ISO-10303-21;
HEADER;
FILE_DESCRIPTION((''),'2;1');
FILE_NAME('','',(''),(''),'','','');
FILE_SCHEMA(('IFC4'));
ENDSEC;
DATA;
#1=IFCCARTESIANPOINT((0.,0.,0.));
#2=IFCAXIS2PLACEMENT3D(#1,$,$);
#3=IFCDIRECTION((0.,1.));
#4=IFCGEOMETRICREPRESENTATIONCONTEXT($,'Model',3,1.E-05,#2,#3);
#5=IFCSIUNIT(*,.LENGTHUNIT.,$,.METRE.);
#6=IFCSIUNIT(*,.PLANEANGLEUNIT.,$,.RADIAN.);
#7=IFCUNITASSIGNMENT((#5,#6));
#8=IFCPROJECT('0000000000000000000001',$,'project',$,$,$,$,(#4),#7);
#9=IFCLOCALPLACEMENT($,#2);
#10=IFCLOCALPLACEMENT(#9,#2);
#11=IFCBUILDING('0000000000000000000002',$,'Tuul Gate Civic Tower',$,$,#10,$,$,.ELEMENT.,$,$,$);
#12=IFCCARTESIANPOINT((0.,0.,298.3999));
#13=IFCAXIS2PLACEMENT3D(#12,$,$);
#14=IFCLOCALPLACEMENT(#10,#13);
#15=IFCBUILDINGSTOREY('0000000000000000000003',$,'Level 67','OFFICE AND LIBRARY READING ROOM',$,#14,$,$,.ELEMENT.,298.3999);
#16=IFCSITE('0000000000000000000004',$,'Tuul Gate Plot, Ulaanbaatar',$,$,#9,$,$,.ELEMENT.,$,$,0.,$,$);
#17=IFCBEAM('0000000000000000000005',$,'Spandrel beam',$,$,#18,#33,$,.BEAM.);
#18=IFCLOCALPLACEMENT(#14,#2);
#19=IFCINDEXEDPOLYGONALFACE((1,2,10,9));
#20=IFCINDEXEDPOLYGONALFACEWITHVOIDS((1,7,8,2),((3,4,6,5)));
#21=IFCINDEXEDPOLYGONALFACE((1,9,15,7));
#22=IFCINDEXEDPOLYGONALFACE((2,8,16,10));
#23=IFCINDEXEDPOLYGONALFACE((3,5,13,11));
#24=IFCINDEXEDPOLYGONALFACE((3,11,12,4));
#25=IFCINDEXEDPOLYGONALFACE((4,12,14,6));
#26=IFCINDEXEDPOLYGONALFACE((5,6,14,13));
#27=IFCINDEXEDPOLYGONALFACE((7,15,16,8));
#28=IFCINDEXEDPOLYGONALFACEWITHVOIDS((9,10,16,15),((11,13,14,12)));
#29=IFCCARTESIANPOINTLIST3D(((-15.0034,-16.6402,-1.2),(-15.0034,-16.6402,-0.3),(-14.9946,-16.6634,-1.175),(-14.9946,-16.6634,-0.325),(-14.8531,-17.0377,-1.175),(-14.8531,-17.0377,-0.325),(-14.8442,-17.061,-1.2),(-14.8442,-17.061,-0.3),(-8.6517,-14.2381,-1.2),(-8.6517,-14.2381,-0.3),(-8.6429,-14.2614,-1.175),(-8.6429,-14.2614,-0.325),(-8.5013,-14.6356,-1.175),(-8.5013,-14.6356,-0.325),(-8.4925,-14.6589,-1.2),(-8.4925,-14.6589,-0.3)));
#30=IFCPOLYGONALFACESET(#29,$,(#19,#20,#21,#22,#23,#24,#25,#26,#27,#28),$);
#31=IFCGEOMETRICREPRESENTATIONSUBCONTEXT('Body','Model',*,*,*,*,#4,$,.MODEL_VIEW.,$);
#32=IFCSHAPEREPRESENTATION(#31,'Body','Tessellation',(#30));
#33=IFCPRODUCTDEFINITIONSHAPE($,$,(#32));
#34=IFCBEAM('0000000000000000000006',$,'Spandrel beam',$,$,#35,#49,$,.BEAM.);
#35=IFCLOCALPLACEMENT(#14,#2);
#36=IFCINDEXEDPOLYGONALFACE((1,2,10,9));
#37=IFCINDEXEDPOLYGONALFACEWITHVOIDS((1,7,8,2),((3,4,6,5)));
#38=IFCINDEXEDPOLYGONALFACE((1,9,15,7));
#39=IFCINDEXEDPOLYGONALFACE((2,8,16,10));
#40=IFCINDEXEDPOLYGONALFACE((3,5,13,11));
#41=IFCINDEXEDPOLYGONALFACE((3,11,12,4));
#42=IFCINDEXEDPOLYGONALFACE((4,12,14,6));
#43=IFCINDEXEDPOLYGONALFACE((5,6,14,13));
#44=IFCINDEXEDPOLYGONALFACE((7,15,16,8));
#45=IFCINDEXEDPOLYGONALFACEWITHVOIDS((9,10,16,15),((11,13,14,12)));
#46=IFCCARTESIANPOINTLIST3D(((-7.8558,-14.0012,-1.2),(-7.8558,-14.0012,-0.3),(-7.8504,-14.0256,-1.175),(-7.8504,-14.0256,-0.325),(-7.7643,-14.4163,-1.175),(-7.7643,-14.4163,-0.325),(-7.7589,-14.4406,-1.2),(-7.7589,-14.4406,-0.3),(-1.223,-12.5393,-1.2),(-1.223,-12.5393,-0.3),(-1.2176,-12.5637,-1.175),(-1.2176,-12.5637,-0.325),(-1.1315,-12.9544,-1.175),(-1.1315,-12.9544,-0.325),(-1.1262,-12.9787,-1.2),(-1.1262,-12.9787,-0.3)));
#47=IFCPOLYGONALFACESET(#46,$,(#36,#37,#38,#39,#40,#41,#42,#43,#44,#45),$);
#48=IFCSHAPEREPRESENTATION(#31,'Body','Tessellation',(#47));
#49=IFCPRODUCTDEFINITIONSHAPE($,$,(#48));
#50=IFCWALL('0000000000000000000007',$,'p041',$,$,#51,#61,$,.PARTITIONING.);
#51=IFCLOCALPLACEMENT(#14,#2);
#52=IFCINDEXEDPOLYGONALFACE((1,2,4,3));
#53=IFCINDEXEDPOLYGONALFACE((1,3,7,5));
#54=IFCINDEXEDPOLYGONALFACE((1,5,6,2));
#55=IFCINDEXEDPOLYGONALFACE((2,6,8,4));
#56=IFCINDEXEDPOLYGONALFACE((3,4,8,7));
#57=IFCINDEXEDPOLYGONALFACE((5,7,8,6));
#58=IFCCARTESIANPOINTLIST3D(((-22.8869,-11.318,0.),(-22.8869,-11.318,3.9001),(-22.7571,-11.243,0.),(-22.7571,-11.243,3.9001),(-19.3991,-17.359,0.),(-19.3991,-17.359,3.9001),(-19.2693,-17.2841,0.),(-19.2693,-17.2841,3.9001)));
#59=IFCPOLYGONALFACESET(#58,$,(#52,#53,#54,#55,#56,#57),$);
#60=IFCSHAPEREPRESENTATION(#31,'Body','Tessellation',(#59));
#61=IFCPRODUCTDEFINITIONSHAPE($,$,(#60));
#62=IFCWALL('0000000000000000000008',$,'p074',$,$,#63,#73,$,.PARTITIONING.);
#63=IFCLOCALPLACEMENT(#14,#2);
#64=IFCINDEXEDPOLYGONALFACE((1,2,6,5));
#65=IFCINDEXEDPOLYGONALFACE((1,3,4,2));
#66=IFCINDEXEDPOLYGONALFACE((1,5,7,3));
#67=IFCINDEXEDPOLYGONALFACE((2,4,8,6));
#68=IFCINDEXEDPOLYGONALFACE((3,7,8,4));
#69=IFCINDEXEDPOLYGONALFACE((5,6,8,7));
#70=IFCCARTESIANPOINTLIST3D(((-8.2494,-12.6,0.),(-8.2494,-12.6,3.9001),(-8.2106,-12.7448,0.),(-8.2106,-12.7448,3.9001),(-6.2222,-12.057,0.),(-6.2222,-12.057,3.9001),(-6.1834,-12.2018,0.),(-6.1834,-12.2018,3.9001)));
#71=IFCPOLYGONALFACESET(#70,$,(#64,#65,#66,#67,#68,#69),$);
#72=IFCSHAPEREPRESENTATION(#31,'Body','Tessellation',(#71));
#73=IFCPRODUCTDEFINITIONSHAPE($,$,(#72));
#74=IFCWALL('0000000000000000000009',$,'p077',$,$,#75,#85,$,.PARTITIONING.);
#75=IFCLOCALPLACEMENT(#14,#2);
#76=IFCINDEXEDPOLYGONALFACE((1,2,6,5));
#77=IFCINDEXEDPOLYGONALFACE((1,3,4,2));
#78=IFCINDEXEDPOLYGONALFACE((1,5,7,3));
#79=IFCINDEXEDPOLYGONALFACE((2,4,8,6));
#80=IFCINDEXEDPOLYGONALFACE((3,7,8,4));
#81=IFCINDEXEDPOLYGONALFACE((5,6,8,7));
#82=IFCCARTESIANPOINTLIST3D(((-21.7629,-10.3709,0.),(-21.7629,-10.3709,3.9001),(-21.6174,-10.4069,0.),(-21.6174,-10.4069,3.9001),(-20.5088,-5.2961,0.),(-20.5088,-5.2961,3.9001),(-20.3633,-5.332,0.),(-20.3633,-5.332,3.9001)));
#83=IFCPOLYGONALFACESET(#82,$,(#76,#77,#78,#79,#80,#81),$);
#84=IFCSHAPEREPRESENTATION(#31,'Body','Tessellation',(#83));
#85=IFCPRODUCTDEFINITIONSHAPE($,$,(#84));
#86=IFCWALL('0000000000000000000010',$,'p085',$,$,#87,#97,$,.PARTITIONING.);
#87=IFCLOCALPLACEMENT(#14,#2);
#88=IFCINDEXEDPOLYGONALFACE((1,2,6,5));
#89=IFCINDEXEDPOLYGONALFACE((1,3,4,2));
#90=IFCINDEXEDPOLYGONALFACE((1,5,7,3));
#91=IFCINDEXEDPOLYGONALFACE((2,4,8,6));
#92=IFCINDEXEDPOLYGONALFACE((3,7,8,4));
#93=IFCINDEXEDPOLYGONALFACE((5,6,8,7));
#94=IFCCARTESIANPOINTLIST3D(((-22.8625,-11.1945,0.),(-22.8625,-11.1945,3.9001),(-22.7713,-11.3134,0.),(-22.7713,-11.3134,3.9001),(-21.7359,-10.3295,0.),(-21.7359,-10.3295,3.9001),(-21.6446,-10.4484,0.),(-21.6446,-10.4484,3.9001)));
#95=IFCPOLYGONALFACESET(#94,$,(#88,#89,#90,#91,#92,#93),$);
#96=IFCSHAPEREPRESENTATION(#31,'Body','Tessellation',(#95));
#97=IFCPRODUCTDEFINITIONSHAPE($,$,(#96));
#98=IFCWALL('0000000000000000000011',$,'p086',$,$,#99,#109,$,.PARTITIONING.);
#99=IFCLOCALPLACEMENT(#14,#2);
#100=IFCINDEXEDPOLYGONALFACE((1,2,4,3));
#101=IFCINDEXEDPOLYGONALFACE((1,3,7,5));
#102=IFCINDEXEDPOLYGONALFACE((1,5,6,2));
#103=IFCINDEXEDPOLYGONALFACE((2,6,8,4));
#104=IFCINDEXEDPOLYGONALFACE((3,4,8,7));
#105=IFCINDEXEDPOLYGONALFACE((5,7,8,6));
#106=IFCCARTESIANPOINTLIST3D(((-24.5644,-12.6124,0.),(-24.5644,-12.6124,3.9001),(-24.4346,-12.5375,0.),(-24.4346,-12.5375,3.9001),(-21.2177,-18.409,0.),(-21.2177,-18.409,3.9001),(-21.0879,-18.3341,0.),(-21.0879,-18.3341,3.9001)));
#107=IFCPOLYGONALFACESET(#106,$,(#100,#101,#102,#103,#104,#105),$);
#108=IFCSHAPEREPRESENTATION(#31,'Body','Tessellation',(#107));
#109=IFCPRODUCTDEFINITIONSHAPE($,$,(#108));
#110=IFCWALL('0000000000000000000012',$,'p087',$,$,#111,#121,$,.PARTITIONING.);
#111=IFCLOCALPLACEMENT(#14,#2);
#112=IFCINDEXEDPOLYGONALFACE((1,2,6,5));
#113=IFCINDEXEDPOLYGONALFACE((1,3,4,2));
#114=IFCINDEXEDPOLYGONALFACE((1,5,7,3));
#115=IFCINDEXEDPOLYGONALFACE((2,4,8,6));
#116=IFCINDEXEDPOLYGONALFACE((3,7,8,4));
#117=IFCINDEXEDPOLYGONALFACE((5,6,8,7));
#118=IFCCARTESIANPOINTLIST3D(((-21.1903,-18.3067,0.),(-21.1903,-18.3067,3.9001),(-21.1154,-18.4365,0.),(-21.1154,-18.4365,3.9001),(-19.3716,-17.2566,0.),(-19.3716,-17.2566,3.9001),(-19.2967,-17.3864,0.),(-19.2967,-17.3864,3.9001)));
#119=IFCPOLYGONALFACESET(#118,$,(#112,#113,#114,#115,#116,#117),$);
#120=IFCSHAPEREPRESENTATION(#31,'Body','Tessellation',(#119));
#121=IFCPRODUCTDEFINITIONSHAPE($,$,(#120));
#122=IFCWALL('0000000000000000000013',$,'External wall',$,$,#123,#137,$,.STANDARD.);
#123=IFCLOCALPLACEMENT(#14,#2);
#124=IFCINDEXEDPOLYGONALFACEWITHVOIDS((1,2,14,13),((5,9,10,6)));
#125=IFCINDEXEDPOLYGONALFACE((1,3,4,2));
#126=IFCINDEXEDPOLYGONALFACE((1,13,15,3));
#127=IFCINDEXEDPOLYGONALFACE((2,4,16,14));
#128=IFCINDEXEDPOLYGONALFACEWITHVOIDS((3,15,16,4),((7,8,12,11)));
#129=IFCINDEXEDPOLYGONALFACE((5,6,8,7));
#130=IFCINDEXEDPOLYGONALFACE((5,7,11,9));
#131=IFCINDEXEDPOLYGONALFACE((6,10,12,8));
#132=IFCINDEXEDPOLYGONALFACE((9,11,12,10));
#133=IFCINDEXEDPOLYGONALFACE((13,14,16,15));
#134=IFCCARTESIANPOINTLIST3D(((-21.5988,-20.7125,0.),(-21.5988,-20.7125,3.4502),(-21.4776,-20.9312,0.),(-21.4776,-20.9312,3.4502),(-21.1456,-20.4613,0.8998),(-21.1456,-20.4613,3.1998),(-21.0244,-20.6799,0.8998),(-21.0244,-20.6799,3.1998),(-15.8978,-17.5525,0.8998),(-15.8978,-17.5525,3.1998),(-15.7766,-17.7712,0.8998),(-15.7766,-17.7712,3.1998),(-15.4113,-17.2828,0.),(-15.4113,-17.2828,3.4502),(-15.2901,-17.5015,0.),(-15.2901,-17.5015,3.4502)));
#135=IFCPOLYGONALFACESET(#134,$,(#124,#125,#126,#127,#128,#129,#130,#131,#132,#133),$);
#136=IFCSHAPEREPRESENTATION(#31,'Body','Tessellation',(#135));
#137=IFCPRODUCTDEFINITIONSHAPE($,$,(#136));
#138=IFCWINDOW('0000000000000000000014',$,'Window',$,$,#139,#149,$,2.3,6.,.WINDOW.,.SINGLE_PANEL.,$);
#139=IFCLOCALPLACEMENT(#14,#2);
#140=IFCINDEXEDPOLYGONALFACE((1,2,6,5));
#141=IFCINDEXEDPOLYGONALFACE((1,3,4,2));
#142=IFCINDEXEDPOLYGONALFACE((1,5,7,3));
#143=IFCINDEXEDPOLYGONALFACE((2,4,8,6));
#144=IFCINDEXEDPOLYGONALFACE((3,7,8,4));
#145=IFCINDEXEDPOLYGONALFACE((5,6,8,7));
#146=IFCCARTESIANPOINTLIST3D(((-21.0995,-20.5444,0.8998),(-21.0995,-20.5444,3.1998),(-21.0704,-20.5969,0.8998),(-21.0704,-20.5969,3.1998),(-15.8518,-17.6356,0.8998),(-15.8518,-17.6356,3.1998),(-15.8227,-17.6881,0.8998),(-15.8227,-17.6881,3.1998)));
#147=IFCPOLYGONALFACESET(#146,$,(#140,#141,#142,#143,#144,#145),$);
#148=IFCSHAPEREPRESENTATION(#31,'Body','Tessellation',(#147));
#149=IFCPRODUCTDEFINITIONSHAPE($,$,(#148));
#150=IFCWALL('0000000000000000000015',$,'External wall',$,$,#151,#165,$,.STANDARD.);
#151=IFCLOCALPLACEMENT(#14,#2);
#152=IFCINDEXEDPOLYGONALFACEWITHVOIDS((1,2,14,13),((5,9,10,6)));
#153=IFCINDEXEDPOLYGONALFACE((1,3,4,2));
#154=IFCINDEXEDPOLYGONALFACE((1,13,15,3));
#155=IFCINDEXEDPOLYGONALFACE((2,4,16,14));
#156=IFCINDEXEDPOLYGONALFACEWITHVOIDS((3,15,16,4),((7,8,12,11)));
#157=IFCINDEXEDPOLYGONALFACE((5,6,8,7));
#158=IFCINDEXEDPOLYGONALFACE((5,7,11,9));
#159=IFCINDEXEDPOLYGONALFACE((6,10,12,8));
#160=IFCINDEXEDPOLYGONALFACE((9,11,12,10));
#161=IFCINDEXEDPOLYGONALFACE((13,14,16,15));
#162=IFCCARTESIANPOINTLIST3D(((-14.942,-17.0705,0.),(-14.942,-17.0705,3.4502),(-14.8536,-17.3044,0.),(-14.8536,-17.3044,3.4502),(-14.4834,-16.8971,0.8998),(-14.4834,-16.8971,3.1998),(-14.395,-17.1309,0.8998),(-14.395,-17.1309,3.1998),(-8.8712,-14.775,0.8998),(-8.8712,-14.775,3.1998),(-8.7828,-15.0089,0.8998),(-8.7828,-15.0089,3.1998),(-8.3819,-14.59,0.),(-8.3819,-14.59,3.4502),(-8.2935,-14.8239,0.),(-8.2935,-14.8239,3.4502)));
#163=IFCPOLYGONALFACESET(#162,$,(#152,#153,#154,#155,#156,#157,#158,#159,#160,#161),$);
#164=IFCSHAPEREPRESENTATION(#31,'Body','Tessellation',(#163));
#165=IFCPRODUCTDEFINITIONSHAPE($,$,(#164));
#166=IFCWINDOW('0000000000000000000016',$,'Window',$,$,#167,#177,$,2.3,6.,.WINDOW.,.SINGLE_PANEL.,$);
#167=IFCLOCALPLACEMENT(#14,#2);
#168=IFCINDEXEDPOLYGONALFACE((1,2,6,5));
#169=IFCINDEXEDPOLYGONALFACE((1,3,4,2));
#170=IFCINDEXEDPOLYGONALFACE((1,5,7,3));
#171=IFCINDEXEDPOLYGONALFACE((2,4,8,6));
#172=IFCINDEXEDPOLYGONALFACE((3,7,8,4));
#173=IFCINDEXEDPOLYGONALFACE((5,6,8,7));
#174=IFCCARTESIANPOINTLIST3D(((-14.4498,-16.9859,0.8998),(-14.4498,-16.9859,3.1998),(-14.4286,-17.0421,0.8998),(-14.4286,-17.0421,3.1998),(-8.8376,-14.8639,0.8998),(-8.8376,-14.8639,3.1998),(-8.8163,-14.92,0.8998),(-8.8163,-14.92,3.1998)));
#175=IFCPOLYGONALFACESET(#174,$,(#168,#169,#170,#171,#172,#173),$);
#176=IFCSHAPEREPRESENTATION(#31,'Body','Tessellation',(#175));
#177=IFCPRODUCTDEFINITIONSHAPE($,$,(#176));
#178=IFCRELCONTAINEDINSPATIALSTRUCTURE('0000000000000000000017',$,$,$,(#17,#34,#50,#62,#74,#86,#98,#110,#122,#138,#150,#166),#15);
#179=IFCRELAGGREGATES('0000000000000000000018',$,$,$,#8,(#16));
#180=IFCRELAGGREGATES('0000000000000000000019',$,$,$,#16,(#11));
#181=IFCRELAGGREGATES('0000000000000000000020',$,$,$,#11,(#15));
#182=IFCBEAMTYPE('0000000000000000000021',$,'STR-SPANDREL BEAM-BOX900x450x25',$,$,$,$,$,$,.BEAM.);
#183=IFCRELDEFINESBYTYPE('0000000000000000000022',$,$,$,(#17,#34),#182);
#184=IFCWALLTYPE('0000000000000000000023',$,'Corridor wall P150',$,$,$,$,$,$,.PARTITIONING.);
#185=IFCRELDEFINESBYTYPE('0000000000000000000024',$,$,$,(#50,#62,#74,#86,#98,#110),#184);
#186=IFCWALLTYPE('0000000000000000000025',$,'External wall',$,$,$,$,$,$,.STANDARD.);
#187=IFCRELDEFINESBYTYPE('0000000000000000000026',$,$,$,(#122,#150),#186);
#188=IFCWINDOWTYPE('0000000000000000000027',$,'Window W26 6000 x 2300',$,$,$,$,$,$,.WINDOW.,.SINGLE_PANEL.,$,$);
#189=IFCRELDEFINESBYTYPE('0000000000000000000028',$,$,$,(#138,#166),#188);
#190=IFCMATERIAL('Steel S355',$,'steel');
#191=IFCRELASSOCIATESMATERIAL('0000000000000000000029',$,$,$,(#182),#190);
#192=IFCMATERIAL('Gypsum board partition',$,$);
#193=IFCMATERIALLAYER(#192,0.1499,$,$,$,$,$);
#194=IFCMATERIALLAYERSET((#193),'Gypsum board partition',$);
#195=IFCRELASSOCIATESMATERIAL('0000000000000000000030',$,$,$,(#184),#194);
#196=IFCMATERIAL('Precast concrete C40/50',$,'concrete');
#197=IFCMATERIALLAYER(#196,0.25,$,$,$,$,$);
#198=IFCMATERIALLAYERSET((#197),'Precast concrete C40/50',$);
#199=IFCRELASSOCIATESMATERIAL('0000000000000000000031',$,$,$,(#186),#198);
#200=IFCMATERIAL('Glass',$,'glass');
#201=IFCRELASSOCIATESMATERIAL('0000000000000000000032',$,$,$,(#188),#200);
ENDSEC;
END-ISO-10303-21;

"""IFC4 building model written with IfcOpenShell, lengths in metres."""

from ifc_helpers import new_model, si_unit, direction, frame, frame_2d, origin, origin_2d, place, context, subcontext, project, spatial, rectangle, hollow_rectangle, extrude, material, layer, layer_set, material_profile, profile_set, type_object, element, fill, save


model = new_model("IFC4")

# Units and contexts
model_context = context("Model", 3, precision=1e-05, world=origin(), true_north=direction((0.0, 1.0)))
body_context = subcontext(model_context, "Body", "Model", "MODEL_VIEW")
ifc_project = project(units=[si_unit("LENGTHUNIT", "METRE"), si_unit("PLANEANGLEUNIT", "RADIAN")], contexts=[model_context])

# Site, building, storey
site_placement = place(None, origin())
site = spatial("IfcSite", under=ifc_project, at=site_placement, Name="Tuul Gate Plot, Ulaanbaatar", CompositionType="ELEMENT", RefElevation=0.0)
building_placement = place(site_placement, origin())
building = spatial("IfcBuilding", under=site, at=building_placement, Name="Tuul Gate Civic Tower", CompositionType="ELEMENT")
storey_placement = place(building_placement, frame((0.0, 0.0, 298.3999)))
storey = spatial("IfcBuildingStorey", under=building, at=storey_placement, Name="Level 67", Description="OFFICE AND LIBRARY READING ROOM", CompositionType="ELEMENT", Elevation=298.3999)

# Beams
ifc_material_1 = material(Name="Steel S355", Category="steel")
ifc_material_profile_1 = material_profile(ifc_material_1, hollow_rectangle(XDim=0.45, YDim=0.8999, WallThickness=0.0249, at=origin_2d()), Name="BOX900x450x25")
ifc_profile_set_1 = profile_set([ifc_material_profile_1], Name="Steel S355")
beam_type_1 = type_object("IfcBeamType", Name="STR-SPANDREL BEAM-BOX900x450x25", PredefinedType="BEAM", material=ifc_profile_set_1)
beam_1_placement = place(storey_placement, frame((-14.9238, -16.8506, -0.75), z_axis=(0.935349, 0.353726, 0.0), x_axis=(-0.353726, 0.935349, 0.0)))
element("IfcBeam", 1, at=beam_1_placement, inside=storey, type_object=beam_type_1, Name="Spandrel beam", PredefinedType="BEAM", context=body_context, shape_type="SweptSolid", body=[
    extrude(hollow_rectangle(XDim=0.45, YDim=0.8999, WallThickness=0.0249, at=origin_2d()), origin(), (0.0, 0.0, 1.0), 6.7908),
])
beam_2_placement = place(storey_placement, frame((-7.8074, -14.2209, -0.75), z_axis=(0.976561, 0.21524, 0.0), x_axis=(-0.21524, 0.976561, 0.0)))
element("IfcBeam", 2, at=beam_2_placement, inside=storey, type_object=beam_type_1, Name="Spandrel beam", PredefinedType="BEAM", context=body_context, shape_type="SweptSolid", body=[
    extrude(hollow_rectangle(XDim=0.45, YDim=0.8999, WallThickness=0.0249, at=origin_2d()), origin(), (0.0, 0.0, 1.0), 6.792),
])

# Walls
ifc_material_2 = material(Name="Gypsum board partition")
ifc_layer_1 = layer(ifc_material_2, 0.1499)
ifc_layer_set_1 = layer_set([ifc_layer_1], Name="Gypsum board partition")
wall_type_1 = type_object("IfcWallType", Name="Corridor wall P150", PredefinedType="PARTITIONING", material=ifc_layer_set_1)
wall_1_placement = place(storey_placement, frame((-22.822, -11.2805, 0.0), z_axis=(0.0, 0.0, 1.0), x_axis=(0.500001, -0.866025, 0.0)))
element("IfcWall", 3, at=wall_1_placement, inside=storey, type_object=wall_type_1, Name="p041", PredefinedType="PARTITIONING", context=body_context, shape_type="SweptSolid", body=[
    extrude(rectangle(XDim=6.9756, YDim=0.1499, at=frame_2d((3.4878, 0.0))), origin(), (0.0, 0.0, 1.0), 3.9001),
])
wall_2_placement = place(storey_placement, frame((-8.23, -12.6724, 0.0), z_axis=(0.0, 0.0, 1.0), x_axis=(0.965949, 0.258734, 0.0)))
element("IfcWall", 4, at=wall_2_placement, inside=storey, type_object=wall_type_1, Name="p074", PredefinedType="PARTITIONING", context=body_context, shape_type="SweptSolid", body=[
    extrude(rectangle(XDim=2.0986, YDim=0.1499, at=frame_2d((1.0493, 0.0))), origin(), (0.0, 0.0, 1.0), 3.9001),
])
wall_3_placement = place(storey_placement, frame((-21.6902, -10.3889, 0.0), z_axis=(0.0, 0.0, 1.0), x_axis=(0.239908, 0.970796, 0.0)))
element("IfcWall", 5, at=wall_3_placement, inside=storey, type_object=wall_type_1, Name="p077", PredefinedType="PARTITIONING", context=body_context, shape_type="SweptSolid", body=[
    extrude(rectangle(XDim=5.2275, YDim=0.1499, at=frame_2d((2.6138, 0.0))), origin(), (0.0, 0.0, 1.0), 3.9001),
])
wall_4_placement = place(storey_placement, frame((-22.8169, -11.2539, 0.0), z_axis=(0.0, 0.0, 1.0), x_axis=(0.793205, 0.608955, 0.0)))
element("IfcWall", 6, at=wall_4_placement, inside=storey, type_object=wall_type_1, Name="p085", PredefinedType="PARTITIONING", context=body_context, shape_type="SweptSolid", body=[
    extrude(rectangle(XDim=1.4204, YDim=0.1499, at=frame_2d((0.7102, 0.0))), origin(), (0.0, 0.0, 1.0), 3.9001),
])
wall_5_placement = place(storey_placement, frame((-24.4995, -12.575, 0.0), z_axis=(0.0, 0.0, 1.0), x_axis=(0.499999, -0.866026, 0.0)))
element("IfcWall", 7, at=wall_5_placement, inside=storey, type_object=wall_type_1, Name="p086", PredefinedType="PARTITIONING", context=body_context, shape_type="SweptSolid", body=[
    extrude(rectangle(XDim=6.6934, YDim=0.1499, at=frame_2d((3.3467, 0.0))), origin(), (0.0, 0.0, 1.0), 3.9001),
])
wall_6_placement = place(storey_placement, frame((-21.1528, -18.3716, 0.0), z_axis=(0.0, 0.0, 1.0), x_axis=(0.866009, 0.500028, 0.0)))
element("IfcWall", 8, at=wall_6_placement, inside=storey, type_object=wall_type_1, Name="p087", PredefinedType="PARTITIONING", context=body_context, shape_type="SweptSolid", body=[
    extrude(rectangle(XDim=2.1001, YDim=0.1499, at=frame_2d((1.05, 0.0))), origin(), (0.0, 0.0, 1.0), 3.9001),
])

# Walls, openings, windows
ifc_material_3 = material(Name="Precast concrete C40/50", Category="concrete")
ifc_layer_2 = layer(ifc_material_3, 0.25)
ifc_layer_set_2 = layer_set([ifc_layer_2], Name="Precast concrete C40/50")
wall_type_2 = type_object("IfcWallType", Name="External wall", PredefinedType="STANDARD", material=ifc_layer_set_2)
wall_7_placement = place(storey_placement, frame((-21.5381, -20.8218, 0.0), z_axis=(0.0, 0.0, 1.0), x_axis=(0.874626, 0.484799, 0.0)))
wall_7 = element("IfcWall", 9, at=wall_7_placement, inside=storey, type_object=wall_type_2, Name="External wall", PredefinedType="STANDARD", context=body_context, shape_type="SweptSolid", body=[
    extrude(rectangle(XDim=7.0745, YDim=0.25, at=frame_2d((3.5371, 0.0))), origin(), (0.0, 0.0, 1.0), 3.4502),
])
opening_1_placement = place(wall_7_placement, frame((0.5181, 0.0, 0.8999)))
opening_1 = element("IfcOpeningElement", 10, at=opening_1_placement, cuts=wall_7, PredefinedType="OPENING", context=body_context, shape_type="SweptSolid", body=[
    extrude(rectangle(XDim=6.0, YDim=2.3, at=frame_2d((3.0, 1.1499))), frame((0.0, 0.135, 0.0), z_axis=(0.0, -1.0, 0.0), x_axis=(1.0, 0.0, 0.0)), (0.0, 0.0, 1.0), 0.27),
])
ifc_material_4 = material(Name="Glass", Category="glass")
window_type = type_object("IfcWindowType", Name="Window W26 6000 x 2300", PartitioningType="SINGLE_PANEL", PredefinedType="WINDOW", material=ifc_material_4)
window_1_placement = place(opening_1_placement, origin())
window_1 = element("IfcWindow", 11, at=window_1_placement, inside=storey, type_object=window_type, Name="Window", OverallHeight=2.3, OverallWidth=6.0, PartitioningType="SINGLE_PANEL", PredefinedType="WINDOW", context=body_context, shape_type="SweptSolid", body=[
    extrude(rectangle(XDim=6.0, YDim=2.3, at=frame_2d((3.0, 1.1499))), frame((0.0, 0.03, 0.0), z_axis=(0.0, -1.0, 0.0), x_axis=(1.0, 0.0, 0.0)), (0.0, 0.0, 1.0), 0.0601),
])
fill(opening_1, window_1)
wall_8_placement = place(storey_placement, frame((-14.8979, -17.1875, 0.0), z_axis=(0.0, 0.0, 1.0), x_axis=(0.935367, 0.353678, 0.0)))
wall_8 = element("IfcWall", 12, at=wall_8_placement, inside=storey, type_object=wall_type_2, Name="External wall", PredefinedType="STANDARD", context=body_context, shape_type="SweptSolid", body=[
    extrude(rectangle(XDim=7.0134, YDim=0.25, at=frame_2d((3.5068, 0.0))), origin(), (0.0, 0.0, 1.0), 3.4502),
])
opening_2_placement = place(wall_8_placement, frame((0.4905, 0.0, 0.8999)))
opening_2 = element("IfcOpeningElement", 13, at=opening_2_placement, cuts=wall_8, PredefinedType="OPENING", context=body_context, shape_type="SweptSolid", body=[
    extrude(rectangle(XDim=6.0, YDim=2.3, at=frame_2d((3.0, 1.1499))), frame((0.0, 0.135, 0.0), z_axis=(0.0, -1.0, 0.0), x_axis=(1.0, 0.0, 0.0)), (0.0, 0.0, 1.0), 0.27),
])
window_2_placement = place(opening_2_placement, origin())
window_2 = element("IfcWindow", 14, at=window_2_placement, inside=storey, type_object=window_type, Name="Window", OverallHeight=2.3, OverallWidth=6.0, PartitioningType="SINGLE_PANEL", PredefinedType="WINDOW", context=body_context, shape_type="SweptSolid", body=[
    extrude(rectangle(XDim=6.0, YDim=2.3, at=frame_2d((3.0, 1.1499))), frame((0.0, 0.03, 0.0), z_axis=(0.0, -1.0, 0.0), x_axis=(1.0, 0.0, 0.0)), (0.0, 0.0, 1.0), 0.0601),
])
fill(opening_2, window_2)

save(model, "model.ifc")
